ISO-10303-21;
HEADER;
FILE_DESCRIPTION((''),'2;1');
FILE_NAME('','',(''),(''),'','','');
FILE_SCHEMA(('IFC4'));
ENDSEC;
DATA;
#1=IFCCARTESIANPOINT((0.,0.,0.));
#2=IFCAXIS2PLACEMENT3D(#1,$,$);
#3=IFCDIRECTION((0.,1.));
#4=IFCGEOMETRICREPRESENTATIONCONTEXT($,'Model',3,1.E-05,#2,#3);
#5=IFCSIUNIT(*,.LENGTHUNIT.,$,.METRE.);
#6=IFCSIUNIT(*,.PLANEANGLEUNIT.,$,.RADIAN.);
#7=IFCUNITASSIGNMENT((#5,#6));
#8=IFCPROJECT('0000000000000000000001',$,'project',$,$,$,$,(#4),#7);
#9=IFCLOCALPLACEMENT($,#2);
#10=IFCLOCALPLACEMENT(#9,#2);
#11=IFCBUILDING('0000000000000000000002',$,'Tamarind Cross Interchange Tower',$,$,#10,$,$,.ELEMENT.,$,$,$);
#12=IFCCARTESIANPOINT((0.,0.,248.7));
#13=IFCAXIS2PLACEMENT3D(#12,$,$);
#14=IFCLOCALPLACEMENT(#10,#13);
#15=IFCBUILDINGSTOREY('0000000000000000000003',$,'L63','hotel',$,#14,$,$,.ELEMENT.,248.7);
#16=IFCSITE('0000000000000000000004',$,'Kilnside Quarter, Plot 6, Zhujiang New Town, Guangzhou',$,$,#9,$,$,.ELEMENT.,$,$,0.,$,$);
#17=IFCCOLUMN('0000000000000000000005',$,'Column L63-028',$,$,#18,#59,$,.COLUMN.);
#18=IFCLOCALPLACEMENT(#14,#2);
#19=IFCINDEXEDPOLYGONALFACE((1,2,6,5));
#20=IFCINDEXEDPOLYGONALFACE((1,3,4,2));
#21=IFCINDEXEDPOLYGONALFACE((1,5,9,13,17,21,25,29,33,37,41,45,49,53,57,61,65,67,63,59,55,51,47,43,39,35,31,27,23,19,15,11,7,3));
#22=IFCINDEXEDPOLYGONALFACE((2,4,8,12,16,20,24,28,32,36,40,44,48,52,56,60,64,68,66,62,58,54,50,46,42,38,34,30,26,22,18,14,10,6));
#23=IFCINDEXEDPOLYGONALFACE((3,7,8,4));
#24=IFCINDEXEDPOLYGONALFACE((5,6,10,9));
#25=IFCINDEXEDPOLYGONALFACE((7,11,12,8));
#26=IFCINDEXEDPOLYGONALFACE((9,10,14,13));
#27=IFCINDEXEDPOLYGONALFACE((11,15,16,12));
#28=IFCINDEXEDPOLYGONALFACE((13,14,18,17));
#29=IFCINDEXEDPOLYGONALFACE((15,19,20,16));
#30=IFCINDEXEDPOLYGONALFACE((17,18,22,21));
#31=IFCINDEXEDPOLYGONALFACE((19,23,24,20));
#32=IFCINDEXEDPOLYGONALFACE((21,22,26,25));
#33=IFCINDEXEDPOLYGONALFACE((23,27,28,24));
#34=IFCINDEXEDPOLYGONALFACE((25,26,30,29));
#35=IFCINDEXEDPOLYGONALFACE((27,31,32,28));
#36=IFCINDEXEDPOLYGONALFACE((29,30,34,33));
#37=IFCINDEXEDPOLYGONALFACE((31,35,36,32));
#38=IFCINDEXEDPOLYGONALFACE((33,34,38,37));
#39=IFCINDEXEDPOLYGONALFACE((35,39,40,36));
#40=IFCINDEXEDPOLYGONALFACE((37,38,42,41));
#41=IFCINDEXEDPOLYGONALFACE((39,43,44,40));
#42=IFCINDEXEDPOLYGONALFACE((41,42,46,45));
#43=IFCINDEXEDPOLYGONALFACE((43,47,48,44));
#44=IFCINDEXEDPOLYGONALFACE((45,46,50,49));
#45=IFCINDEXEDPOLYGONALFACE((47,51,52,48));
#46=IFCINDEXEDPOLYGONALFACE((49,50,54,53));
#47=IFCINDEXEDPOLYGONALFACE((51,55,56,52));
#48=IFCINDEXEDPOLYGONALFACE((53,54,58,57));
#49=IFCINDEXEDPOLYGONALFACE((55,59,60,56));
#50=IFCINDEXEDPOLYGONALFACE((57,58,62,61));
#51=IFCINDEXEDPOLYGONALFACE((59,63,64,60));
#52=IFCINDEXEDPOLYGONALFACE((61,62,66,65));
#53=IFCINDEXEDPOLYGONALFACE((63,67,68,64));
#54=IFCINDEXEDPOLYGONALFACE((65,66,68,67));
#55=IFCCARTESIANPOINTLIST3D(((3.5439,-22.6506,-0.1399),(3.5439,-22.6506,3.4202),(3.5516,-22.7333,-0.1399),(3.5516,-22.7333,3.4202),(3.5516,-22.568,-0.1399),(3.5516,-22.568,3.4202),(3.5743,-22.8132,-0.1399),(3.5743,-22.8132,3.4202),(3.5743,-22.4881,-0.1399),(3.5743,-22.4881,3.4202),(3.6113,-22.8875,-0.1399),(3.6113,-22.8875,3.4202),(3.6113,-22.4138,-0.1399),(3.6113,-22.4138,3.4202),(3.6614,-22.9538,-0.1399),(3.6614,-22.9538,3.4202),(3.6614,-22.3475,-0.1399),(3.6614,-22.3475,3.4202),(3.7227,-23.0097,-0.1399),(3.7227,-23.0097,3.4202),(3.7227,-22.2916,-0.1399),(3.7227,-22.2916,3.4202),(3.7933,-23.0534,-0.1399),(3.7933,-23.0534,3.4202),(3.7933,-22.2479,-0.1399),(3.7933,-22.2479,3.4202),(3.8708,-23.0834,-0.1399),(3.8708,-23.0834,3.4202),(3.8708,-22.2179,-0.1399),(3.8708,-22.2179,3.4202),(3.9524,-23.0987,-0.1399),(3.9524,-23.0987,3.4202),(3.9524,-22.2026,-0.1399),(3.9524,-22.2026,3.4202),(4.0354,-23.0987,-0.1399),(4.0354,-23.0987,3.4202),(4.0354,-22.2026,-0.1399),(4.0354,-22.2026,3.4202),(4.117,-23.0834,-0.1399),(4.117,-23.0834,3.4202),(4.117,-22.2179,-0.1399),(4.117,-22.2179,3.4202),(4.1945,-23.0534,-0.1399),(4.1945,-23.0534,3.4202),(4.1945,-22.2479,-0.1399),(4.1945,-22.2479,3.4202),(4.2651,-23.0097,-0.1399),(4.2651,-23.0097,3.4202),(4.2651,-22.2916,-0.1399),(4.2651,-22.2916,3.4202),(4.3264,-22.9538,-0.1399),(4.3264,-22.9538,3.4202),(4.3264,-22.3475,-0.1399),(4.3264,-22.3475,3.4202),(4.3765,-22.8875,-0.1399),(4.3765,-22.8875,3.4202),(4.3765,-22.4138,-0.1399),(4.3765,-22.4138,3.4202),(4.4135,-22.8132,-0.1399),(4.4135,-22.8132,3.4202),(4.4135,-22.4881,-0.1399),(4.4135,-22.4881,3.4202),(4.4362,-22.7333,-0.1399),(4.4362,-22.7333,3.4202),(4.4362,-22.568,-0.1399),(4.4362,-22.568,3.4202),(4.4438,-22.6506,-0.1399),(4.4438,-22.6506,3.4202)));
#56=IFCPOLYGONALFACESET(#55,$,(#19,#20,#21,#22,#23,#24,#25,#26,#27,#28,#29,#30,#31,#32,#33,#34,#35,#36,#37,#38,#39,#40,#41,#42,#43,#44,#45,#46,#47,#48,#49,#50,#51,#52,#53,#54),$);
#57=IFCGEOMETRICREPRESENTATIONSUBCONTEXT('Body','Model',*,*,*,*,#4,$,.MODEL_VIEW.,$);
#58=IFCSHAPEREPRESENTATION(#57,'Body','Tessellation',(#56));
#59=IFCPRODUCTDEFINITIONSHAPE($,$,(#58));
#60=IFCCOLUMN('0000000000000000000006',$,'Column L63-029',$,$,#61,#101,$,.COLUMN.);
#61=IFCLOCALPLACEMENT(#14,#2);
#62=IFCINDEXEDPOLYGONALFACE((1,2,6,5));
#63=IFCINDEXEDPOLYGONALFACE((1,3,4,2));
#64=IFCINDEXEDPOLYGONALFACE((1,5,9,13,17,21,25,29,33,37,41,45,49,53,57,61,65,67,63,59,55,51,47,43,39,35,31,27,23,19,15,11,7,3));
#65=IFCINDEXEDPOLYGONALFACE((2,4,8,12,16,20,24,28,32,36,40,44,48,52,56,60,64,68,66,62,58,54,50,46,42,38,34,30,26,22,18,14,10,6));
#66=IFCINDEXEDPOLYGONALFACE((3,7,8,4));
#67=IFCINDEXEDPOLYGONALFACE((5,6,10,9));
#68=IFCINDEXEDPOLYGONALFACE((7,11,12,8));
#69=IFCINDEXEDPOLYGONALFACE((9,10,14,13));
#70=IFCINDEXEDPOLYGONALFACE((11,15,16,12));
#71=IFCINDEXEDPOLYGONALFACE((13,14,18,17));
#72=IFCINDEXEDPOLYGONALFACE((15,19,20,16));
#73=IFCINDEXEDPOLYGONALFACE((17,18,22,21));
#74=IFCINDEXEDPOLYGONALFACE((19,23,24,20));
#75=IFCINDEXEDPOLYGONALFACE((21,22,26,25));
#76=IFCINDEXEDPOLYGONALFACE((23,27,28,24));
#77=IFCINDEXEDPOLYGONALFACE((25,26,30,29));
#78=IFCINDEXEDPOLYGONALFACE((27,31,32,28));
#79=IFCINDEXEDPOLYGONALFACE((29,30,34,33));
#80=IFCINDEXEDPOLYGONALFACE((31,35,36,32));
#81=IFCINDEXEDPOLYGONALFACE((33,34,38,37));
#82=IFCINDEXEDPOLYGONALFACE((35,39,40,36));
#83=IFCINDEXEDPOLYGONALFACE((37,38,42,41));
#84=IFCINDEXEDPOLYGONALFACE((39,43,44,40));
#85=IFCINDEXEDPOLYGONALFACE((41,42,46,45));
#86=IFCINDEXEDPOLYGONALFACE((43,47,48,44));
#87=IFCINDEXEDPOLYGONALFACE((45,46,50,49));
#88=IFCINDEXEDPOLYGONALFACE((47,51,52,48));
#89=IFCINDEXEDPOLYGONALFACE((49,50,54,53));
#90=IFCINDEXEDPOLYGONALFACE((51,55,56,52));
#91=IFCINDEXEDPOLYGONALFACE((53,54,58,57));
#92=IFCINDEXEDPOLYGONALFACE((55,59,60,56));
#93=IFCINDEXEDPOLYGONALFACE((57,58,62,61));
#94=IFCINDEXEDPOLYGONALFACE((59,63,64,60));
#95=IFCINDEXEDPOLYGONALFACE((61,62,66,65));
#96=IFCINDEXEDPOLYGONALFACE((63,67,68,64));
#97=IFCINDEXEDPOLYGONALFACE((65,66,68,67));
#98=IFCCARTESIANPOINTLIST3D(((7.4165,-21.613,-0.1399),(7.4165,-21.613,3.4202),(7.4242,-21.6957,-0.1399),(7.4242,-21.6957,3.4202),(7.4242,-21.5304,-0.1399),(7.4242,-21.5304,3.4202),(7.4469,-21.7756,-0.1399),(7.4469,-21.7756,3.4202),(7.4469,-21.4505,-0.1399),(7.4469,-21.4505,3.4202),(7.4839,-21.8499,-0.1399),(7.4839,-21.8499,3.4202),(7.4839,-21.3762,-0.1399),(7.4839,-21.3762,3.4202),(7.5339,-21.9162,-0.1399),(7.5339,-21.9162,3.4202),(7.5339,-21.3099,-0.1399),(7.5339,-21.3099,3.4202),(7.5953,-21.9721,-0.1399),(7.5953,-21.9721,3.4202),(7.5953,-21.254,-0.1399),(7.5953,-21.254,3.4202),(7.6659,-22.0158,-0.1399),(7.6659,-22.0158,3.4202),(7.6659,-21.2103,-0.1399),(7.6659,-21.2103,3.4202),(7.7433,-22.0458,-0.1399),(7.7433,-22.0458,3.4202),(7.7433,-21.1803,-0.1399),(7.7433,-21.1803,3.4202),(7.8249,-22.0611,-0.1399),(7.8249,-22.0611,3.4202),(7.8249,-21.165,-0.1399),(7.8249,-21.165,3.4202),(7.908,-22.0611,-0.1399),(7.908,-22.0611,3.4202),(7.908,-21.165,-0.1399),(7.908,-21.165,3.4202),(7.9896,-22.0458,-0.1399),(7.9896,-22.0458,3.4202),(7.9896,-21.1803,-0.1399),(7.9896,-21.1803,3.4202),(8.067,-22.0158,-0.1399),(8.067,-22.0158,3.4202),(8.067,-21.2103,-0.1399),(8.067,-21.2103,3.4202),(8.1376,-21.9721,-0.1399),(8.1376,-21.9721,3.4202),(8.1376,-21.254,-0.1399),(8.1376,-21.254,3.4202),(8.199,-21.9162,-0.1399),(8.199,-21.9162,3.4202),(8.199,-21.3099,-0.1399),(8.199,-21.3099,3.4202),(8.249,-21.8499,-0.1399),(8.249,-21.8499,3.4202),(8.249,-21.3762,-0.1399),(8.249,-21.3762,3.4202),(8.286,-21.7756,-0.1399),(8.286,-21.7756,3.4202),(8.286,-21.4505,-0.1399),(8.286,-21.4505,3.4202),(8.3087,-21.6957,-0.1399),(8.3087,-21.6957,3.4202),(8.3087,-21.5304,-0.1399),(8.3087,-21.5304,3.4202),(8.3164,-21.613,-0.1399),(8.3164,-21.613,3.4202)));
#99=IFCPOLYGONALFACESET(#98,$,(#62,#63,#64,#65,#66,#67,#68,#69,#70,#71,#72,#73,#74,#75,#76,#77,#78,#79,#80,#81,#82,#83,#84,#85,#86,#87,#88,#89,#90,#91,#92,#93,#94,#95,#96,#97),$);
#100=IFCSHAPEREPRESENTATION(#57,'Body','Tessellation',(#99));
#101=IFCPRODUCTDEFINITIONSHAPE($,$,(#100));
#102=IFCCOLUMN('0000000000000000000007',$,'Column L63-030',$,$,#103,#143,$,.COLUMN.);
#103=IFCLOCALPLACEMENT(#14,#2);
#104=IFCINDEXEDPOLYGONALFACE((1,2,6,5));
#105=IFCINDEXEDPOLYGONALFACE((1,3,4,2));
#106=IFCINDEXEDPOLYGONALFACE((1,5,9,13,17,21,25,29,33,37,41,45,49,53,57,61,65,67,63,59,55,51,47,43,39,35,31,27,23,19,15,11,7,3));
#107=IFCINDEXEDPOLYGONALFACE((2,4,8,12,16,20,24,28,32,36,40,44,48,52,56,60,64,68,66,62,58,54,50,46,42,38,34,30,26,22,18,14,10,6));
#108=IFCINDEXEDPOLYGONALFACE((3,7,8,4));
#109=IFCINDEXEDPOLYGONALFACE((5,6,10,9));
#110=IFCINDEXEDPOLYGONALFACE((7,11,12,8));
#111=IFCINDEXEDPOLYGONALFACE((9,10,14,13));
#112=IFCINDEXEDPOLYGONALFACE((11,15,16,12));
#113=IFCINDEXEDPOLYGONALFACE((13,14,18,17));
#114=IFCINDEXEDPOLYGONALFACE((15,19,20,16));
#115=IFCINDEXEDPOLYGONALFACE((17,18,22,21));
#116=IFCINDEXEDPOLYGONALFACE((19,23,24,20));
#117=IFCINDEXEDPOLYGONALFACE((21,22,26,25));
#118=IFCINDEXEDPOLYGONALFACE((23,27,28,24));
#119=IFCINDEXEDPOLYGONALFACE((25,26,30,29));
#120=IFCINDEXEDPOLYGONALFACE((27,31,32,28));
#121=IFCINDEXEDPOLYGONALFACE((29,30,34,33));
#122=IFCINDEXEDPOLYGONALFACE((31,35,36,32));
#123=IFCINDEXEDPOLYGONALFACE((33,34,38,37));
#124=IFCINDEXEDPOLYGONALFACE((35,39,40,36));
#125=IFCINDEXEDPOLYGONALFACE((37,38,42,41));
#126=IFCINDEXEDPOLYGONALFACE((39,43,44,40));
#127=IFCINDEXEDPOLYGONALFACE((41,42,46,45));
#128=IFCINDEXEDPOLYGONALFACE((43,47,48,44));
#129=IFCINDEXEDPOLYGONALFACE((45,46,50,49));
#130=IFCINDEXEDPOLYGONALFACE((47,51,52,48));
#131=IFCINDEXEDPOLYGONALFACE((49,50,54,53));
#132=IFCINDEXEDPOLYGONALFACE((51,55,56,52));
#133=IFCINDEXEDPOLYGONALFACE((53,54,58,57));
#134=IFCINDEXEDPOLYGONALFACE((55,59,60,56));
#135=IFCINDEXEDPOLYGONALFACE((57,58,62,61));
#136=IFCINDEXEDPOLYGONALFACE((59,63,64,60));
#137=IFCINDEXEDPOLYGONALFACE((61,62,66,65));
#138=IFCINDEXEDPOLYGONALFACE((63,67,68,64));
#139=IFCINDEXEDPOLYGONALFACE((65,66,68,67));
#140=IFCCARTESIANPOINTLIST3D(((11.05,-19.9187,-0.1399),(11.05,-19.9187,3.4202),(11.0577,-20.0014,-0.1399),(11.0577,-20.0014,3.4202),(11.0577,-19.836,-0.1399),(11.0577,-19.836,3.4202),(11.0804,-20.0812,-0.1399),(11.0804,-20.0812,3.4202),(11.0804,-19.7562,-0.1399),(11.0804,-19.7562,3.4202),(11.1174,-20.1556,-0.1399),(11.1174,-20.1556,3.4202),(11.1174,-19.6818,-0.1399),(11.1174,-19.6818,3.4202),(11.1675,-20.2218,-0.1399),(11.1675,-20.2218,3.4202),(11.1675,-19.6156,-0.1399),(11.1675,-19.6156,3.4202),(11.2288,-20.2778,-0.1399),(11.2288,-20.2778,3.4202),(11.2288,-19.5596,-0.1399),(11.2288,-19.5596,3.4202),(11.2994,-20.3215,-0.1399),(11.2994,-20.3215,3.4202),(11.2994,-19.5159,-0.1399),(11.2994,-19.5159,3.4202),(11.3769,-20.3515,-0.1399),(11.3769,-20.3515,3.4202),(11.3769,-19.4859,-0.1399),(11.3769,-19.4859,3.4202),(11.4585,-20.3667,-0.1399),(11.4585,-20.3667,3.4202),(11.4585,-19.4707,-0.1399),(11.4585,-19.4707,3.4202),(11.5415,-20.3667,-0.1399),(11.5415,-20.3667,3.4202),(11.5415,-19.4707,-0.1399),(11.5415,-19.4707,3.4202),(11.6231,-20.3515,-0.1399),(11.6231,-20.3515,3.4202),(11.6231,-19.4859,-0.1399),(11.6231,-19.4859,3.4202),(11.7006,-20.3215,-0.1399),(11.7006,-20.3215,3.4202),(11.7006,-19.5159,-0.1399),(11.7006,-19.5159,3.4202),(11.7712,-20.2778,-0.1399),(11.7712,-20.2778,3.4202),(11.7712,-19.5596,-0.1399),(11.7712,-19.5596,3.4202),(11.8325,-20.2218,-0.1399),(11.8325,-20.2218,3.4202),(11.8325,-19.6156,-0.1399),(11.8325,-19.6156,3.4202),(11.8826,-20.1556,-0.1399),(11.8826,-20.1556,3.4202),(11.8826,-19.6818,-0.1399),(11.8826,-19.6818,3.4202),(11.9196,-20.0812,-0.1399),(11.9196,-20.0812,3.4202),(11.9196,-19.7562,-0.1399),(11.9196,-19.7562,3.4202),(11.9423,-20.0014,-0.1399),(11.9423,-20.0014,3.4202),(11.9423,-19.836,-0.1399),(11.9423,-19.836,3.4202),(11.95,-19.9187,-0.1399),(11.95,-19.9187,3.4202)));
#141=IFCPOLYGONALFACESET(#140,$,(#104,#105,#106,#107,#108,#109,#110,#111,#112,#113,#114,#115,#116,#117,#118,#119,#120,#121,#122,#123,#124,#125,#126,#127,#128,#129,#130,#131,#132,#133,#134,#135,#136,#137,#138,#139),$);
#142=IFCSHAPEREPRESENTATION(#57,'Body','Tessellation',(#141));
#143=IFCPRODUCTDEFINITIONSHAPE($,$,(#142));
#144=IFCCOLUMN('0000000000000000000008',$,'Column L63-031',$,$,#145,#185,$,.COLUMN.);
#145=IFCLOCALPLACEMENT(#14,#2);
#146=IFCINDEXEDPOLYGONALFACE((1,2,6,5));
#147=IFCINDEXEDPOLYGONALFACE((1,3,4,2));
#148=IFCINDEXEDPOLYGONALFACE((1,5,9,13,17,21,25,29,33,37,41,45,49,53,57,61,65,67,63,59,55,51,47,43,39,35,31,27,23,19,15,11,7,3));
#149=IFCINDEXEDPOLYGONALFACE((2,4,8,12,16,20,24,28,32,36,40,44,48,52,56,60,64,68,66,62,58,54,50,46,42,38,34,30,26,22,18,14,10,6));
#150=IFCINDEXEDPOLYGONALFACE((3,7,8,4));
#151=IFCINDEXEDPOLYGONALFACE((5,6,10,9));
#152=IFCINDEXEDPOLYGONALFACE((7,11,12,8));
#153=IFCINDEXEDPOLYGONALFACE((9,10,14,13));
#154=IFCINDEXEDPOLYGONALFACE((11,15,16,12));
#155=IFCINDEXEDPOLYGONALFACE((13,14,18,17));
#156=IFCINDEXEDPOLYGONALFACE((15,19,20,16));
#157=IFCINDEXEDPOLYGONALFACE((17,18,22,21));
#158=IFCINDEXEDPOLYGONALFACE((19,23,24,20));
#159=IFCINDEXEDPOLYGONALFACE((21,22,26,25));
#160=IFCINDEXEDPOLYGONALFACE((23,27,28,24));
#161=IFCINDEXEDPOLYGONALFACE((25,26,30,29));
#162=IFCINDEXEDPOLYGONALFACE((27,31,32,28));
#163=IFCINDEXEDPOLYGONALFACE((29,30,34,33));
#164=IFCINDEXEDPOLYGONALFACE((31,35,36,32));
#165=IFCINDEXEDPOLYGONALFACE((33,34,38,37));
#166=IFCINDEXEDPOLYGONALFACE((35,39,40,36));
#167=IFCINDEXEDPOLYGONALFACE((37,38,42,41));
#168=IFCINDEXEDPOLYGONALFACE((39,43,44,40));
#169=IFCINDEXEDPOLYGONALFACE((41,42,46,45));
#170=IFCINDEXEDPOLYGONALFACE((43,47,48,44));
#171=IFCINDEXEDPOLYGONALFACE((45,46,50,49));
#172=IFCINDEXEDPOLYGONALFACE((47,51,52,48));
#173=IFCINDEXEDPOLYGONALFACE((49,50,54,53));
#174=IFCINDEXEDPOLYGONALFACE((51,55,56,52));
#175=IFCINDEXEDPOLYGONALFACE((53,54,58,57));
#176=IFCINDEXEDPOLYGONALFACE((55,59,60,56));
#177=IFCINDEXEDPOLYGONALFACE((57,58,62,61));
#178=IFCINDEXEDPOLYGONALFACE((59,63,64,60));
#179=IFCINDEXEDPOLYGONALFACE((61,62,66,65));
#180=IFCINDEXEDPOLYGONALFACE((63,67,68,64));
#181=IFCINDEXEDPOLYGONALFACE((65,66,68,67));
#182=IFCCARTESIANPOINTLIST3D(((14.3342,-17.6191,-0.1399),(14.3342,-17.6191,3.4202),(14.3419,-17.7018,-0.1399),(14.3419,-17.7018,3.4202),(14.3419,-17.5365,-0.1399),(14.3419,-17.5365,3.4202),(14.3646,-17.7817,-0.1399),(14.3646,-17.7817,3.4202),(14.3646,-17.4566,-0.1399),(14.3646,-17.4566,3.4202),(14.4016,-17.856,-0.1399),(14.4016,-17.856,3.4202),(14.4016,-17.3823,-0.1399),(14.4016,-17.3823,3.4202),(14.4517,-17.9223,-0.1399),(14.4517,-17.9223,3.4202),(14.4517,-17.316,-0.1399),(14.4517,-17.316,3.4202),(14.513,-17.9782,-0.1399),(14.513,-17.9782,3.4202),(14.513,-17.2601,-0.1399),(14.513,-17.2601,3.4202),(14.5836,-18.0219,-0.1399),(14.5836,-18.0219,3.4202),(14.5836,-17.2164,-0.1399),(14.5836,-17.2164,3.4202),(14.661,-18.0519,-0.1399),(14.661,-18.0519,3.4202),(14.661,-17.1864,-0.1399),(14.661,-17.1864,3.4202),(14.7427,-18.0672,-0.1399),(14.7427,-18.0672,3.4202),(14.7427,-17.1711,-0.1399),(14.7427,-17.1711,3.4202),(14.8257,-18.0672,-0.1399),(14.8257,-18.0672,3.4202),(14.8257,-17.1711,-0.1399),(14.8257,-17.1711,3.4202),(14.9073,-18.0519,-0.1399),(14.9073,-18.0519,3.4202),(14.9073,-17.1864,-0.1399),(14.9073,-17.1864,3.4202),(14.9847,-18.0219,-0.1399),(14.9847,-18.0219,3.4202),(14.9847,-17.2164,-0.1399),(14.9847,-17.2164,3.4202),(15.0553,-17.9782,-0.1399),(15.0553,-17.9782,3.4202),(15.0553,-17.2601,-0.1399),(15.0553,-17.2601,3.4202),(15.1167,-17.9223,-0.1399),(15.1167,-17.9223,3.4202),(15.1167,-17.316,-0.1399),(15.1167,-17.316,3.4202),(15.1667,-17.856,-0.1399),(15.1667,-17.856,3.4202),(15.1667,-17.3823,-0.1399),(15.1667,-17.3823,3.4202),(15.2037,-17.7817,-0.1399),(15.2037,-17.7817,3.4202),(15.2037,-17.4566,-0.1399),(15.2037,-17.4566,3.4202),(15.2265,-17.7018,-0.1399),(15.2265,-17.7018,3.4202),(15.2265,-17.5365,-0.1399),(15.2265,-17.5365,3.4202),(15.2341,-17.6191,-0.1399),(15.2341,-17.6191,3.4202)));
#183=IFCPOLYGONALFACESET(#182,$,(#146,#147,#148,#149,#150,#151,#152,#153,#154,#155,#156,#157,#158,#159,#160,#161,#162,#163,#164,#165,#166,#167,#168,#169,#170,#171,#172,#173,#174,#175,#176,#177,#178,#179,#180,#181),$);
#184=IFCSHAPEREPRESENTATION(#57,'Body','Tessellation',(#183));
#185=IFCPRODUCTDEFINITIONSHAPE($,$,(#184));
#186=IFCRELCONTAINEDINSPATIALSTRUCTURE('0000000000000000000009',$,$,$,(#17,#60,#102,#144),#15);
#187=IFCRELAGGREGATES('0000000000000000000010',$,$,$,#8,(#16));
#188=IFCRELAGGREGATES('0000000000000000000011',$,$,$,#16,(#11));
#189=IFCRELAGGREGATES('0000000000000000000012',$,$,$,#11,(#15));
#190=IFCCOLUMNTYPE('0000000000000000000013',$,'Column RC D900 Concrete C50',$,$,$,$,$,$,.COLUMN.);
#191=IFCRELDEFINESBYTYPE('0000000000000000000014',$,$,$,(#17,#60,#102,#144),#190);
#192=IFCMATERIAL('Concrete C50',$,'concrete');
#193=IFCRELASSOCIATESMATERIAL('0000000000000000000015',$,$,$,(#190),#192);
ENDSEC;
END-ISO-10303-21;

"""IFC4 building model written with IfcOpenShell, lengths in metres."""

from ifc_helpers import new_model, si_unit, direction, frame, origin, origin_2d, place, context, subcontext, project, spatial, circle, extrude, material, material_profile, profile_set, type_object, element, save


model = new_model("IFC4")

# Units and contexts
model_context = context("Model", 3, precision=1e-05, world=origin(), true_north=direction((0.0, 1.0)))
body_context = subcontext(model_context, "Body", "Model", "MODEL_VIEW")
ifc_project = project(units=[si_unit("LENGTHUNIT", "METRE"), si_unit("PLANEANGLEUNIT", "RADIAN")], contexts=[model_context])

# Site, building, storey
site_placement = place(None, origin())
site = spatial("IfcSite", under=ifc_project, at=site_placement, Name="Kilnside Quarter, Plot 6, Zhujiang New Town, Guangzhou", CompositionType="ELEMENT", RefElevation=0.0)
building_placement = place(site_placement, origin())
building = spatial("IfcBuilding", under=site, at=building_placement, Name="Tamarind Cross Interchange Tower", CompositionType="ELEMENT")
storey_placement = place(building_placement, frame((0.0, 0.0, 248.7)))
storey = spatial("IfcBuildingStorey", under=building, at=storey_placement, Name="L63", Description="hotel", CompositionType="ELEMENT", Elevation=248.7)

# Columns
ifc_material_1 = material(Name="Concrete C50", Category="concrete")
ifc_material_profile_1 = material_profile(ifc_material_1, circle(Radius=0.45, at=origin_2d()), Name="RC D900")
ifc_profile_set_1 = profile_set([ifc_material_profile_1], Name="Concrete C50")
column_type = type_object("IfcColumnType", Name="Column RC D900 Concrete C50", PredefinedType="COLUMN", material=ifc_profile_set_1)
for number, where, z_axis, x_axis, name in (
    (1, (3.9939, -22.6506, -0.1399), (0.0, 0.0, 1.0), (1.0, 0.0, 0.0), "Column L63-028"),
    (2, (7.8665, -21.613, -0.1399), (0.0, 0.0, 1.0), (1.0, 0.0, 0.0), "Column L63-029"),
    (3, (11.5, -19.9187, -0.1399), (0.0, 0.0, 1.0), (1.0, 0.0, 0.0), "Column L63-030"),
    (4, (14.7842, -17.6191, -0.1399), (0.0, 0.0, 1.0), (1.0, 0.0, 0.0), "Column L63-031"),
):
    element("IfcColumn", number, at=place(storey_placement, frame(where, z_axis=z_axis, x_axis=x_axis)), inside=storey, type_object=column_type, Name=name, PredefinedType="COLUMN", context=body_context, shape_type="SweptSolid", body=[
        extrude(circle(Radius=0.45, at=origin_2d()), origin(), (0.0, 0.0, 1.0), 3.5601),
    ])

save(model, "model.ifc")
